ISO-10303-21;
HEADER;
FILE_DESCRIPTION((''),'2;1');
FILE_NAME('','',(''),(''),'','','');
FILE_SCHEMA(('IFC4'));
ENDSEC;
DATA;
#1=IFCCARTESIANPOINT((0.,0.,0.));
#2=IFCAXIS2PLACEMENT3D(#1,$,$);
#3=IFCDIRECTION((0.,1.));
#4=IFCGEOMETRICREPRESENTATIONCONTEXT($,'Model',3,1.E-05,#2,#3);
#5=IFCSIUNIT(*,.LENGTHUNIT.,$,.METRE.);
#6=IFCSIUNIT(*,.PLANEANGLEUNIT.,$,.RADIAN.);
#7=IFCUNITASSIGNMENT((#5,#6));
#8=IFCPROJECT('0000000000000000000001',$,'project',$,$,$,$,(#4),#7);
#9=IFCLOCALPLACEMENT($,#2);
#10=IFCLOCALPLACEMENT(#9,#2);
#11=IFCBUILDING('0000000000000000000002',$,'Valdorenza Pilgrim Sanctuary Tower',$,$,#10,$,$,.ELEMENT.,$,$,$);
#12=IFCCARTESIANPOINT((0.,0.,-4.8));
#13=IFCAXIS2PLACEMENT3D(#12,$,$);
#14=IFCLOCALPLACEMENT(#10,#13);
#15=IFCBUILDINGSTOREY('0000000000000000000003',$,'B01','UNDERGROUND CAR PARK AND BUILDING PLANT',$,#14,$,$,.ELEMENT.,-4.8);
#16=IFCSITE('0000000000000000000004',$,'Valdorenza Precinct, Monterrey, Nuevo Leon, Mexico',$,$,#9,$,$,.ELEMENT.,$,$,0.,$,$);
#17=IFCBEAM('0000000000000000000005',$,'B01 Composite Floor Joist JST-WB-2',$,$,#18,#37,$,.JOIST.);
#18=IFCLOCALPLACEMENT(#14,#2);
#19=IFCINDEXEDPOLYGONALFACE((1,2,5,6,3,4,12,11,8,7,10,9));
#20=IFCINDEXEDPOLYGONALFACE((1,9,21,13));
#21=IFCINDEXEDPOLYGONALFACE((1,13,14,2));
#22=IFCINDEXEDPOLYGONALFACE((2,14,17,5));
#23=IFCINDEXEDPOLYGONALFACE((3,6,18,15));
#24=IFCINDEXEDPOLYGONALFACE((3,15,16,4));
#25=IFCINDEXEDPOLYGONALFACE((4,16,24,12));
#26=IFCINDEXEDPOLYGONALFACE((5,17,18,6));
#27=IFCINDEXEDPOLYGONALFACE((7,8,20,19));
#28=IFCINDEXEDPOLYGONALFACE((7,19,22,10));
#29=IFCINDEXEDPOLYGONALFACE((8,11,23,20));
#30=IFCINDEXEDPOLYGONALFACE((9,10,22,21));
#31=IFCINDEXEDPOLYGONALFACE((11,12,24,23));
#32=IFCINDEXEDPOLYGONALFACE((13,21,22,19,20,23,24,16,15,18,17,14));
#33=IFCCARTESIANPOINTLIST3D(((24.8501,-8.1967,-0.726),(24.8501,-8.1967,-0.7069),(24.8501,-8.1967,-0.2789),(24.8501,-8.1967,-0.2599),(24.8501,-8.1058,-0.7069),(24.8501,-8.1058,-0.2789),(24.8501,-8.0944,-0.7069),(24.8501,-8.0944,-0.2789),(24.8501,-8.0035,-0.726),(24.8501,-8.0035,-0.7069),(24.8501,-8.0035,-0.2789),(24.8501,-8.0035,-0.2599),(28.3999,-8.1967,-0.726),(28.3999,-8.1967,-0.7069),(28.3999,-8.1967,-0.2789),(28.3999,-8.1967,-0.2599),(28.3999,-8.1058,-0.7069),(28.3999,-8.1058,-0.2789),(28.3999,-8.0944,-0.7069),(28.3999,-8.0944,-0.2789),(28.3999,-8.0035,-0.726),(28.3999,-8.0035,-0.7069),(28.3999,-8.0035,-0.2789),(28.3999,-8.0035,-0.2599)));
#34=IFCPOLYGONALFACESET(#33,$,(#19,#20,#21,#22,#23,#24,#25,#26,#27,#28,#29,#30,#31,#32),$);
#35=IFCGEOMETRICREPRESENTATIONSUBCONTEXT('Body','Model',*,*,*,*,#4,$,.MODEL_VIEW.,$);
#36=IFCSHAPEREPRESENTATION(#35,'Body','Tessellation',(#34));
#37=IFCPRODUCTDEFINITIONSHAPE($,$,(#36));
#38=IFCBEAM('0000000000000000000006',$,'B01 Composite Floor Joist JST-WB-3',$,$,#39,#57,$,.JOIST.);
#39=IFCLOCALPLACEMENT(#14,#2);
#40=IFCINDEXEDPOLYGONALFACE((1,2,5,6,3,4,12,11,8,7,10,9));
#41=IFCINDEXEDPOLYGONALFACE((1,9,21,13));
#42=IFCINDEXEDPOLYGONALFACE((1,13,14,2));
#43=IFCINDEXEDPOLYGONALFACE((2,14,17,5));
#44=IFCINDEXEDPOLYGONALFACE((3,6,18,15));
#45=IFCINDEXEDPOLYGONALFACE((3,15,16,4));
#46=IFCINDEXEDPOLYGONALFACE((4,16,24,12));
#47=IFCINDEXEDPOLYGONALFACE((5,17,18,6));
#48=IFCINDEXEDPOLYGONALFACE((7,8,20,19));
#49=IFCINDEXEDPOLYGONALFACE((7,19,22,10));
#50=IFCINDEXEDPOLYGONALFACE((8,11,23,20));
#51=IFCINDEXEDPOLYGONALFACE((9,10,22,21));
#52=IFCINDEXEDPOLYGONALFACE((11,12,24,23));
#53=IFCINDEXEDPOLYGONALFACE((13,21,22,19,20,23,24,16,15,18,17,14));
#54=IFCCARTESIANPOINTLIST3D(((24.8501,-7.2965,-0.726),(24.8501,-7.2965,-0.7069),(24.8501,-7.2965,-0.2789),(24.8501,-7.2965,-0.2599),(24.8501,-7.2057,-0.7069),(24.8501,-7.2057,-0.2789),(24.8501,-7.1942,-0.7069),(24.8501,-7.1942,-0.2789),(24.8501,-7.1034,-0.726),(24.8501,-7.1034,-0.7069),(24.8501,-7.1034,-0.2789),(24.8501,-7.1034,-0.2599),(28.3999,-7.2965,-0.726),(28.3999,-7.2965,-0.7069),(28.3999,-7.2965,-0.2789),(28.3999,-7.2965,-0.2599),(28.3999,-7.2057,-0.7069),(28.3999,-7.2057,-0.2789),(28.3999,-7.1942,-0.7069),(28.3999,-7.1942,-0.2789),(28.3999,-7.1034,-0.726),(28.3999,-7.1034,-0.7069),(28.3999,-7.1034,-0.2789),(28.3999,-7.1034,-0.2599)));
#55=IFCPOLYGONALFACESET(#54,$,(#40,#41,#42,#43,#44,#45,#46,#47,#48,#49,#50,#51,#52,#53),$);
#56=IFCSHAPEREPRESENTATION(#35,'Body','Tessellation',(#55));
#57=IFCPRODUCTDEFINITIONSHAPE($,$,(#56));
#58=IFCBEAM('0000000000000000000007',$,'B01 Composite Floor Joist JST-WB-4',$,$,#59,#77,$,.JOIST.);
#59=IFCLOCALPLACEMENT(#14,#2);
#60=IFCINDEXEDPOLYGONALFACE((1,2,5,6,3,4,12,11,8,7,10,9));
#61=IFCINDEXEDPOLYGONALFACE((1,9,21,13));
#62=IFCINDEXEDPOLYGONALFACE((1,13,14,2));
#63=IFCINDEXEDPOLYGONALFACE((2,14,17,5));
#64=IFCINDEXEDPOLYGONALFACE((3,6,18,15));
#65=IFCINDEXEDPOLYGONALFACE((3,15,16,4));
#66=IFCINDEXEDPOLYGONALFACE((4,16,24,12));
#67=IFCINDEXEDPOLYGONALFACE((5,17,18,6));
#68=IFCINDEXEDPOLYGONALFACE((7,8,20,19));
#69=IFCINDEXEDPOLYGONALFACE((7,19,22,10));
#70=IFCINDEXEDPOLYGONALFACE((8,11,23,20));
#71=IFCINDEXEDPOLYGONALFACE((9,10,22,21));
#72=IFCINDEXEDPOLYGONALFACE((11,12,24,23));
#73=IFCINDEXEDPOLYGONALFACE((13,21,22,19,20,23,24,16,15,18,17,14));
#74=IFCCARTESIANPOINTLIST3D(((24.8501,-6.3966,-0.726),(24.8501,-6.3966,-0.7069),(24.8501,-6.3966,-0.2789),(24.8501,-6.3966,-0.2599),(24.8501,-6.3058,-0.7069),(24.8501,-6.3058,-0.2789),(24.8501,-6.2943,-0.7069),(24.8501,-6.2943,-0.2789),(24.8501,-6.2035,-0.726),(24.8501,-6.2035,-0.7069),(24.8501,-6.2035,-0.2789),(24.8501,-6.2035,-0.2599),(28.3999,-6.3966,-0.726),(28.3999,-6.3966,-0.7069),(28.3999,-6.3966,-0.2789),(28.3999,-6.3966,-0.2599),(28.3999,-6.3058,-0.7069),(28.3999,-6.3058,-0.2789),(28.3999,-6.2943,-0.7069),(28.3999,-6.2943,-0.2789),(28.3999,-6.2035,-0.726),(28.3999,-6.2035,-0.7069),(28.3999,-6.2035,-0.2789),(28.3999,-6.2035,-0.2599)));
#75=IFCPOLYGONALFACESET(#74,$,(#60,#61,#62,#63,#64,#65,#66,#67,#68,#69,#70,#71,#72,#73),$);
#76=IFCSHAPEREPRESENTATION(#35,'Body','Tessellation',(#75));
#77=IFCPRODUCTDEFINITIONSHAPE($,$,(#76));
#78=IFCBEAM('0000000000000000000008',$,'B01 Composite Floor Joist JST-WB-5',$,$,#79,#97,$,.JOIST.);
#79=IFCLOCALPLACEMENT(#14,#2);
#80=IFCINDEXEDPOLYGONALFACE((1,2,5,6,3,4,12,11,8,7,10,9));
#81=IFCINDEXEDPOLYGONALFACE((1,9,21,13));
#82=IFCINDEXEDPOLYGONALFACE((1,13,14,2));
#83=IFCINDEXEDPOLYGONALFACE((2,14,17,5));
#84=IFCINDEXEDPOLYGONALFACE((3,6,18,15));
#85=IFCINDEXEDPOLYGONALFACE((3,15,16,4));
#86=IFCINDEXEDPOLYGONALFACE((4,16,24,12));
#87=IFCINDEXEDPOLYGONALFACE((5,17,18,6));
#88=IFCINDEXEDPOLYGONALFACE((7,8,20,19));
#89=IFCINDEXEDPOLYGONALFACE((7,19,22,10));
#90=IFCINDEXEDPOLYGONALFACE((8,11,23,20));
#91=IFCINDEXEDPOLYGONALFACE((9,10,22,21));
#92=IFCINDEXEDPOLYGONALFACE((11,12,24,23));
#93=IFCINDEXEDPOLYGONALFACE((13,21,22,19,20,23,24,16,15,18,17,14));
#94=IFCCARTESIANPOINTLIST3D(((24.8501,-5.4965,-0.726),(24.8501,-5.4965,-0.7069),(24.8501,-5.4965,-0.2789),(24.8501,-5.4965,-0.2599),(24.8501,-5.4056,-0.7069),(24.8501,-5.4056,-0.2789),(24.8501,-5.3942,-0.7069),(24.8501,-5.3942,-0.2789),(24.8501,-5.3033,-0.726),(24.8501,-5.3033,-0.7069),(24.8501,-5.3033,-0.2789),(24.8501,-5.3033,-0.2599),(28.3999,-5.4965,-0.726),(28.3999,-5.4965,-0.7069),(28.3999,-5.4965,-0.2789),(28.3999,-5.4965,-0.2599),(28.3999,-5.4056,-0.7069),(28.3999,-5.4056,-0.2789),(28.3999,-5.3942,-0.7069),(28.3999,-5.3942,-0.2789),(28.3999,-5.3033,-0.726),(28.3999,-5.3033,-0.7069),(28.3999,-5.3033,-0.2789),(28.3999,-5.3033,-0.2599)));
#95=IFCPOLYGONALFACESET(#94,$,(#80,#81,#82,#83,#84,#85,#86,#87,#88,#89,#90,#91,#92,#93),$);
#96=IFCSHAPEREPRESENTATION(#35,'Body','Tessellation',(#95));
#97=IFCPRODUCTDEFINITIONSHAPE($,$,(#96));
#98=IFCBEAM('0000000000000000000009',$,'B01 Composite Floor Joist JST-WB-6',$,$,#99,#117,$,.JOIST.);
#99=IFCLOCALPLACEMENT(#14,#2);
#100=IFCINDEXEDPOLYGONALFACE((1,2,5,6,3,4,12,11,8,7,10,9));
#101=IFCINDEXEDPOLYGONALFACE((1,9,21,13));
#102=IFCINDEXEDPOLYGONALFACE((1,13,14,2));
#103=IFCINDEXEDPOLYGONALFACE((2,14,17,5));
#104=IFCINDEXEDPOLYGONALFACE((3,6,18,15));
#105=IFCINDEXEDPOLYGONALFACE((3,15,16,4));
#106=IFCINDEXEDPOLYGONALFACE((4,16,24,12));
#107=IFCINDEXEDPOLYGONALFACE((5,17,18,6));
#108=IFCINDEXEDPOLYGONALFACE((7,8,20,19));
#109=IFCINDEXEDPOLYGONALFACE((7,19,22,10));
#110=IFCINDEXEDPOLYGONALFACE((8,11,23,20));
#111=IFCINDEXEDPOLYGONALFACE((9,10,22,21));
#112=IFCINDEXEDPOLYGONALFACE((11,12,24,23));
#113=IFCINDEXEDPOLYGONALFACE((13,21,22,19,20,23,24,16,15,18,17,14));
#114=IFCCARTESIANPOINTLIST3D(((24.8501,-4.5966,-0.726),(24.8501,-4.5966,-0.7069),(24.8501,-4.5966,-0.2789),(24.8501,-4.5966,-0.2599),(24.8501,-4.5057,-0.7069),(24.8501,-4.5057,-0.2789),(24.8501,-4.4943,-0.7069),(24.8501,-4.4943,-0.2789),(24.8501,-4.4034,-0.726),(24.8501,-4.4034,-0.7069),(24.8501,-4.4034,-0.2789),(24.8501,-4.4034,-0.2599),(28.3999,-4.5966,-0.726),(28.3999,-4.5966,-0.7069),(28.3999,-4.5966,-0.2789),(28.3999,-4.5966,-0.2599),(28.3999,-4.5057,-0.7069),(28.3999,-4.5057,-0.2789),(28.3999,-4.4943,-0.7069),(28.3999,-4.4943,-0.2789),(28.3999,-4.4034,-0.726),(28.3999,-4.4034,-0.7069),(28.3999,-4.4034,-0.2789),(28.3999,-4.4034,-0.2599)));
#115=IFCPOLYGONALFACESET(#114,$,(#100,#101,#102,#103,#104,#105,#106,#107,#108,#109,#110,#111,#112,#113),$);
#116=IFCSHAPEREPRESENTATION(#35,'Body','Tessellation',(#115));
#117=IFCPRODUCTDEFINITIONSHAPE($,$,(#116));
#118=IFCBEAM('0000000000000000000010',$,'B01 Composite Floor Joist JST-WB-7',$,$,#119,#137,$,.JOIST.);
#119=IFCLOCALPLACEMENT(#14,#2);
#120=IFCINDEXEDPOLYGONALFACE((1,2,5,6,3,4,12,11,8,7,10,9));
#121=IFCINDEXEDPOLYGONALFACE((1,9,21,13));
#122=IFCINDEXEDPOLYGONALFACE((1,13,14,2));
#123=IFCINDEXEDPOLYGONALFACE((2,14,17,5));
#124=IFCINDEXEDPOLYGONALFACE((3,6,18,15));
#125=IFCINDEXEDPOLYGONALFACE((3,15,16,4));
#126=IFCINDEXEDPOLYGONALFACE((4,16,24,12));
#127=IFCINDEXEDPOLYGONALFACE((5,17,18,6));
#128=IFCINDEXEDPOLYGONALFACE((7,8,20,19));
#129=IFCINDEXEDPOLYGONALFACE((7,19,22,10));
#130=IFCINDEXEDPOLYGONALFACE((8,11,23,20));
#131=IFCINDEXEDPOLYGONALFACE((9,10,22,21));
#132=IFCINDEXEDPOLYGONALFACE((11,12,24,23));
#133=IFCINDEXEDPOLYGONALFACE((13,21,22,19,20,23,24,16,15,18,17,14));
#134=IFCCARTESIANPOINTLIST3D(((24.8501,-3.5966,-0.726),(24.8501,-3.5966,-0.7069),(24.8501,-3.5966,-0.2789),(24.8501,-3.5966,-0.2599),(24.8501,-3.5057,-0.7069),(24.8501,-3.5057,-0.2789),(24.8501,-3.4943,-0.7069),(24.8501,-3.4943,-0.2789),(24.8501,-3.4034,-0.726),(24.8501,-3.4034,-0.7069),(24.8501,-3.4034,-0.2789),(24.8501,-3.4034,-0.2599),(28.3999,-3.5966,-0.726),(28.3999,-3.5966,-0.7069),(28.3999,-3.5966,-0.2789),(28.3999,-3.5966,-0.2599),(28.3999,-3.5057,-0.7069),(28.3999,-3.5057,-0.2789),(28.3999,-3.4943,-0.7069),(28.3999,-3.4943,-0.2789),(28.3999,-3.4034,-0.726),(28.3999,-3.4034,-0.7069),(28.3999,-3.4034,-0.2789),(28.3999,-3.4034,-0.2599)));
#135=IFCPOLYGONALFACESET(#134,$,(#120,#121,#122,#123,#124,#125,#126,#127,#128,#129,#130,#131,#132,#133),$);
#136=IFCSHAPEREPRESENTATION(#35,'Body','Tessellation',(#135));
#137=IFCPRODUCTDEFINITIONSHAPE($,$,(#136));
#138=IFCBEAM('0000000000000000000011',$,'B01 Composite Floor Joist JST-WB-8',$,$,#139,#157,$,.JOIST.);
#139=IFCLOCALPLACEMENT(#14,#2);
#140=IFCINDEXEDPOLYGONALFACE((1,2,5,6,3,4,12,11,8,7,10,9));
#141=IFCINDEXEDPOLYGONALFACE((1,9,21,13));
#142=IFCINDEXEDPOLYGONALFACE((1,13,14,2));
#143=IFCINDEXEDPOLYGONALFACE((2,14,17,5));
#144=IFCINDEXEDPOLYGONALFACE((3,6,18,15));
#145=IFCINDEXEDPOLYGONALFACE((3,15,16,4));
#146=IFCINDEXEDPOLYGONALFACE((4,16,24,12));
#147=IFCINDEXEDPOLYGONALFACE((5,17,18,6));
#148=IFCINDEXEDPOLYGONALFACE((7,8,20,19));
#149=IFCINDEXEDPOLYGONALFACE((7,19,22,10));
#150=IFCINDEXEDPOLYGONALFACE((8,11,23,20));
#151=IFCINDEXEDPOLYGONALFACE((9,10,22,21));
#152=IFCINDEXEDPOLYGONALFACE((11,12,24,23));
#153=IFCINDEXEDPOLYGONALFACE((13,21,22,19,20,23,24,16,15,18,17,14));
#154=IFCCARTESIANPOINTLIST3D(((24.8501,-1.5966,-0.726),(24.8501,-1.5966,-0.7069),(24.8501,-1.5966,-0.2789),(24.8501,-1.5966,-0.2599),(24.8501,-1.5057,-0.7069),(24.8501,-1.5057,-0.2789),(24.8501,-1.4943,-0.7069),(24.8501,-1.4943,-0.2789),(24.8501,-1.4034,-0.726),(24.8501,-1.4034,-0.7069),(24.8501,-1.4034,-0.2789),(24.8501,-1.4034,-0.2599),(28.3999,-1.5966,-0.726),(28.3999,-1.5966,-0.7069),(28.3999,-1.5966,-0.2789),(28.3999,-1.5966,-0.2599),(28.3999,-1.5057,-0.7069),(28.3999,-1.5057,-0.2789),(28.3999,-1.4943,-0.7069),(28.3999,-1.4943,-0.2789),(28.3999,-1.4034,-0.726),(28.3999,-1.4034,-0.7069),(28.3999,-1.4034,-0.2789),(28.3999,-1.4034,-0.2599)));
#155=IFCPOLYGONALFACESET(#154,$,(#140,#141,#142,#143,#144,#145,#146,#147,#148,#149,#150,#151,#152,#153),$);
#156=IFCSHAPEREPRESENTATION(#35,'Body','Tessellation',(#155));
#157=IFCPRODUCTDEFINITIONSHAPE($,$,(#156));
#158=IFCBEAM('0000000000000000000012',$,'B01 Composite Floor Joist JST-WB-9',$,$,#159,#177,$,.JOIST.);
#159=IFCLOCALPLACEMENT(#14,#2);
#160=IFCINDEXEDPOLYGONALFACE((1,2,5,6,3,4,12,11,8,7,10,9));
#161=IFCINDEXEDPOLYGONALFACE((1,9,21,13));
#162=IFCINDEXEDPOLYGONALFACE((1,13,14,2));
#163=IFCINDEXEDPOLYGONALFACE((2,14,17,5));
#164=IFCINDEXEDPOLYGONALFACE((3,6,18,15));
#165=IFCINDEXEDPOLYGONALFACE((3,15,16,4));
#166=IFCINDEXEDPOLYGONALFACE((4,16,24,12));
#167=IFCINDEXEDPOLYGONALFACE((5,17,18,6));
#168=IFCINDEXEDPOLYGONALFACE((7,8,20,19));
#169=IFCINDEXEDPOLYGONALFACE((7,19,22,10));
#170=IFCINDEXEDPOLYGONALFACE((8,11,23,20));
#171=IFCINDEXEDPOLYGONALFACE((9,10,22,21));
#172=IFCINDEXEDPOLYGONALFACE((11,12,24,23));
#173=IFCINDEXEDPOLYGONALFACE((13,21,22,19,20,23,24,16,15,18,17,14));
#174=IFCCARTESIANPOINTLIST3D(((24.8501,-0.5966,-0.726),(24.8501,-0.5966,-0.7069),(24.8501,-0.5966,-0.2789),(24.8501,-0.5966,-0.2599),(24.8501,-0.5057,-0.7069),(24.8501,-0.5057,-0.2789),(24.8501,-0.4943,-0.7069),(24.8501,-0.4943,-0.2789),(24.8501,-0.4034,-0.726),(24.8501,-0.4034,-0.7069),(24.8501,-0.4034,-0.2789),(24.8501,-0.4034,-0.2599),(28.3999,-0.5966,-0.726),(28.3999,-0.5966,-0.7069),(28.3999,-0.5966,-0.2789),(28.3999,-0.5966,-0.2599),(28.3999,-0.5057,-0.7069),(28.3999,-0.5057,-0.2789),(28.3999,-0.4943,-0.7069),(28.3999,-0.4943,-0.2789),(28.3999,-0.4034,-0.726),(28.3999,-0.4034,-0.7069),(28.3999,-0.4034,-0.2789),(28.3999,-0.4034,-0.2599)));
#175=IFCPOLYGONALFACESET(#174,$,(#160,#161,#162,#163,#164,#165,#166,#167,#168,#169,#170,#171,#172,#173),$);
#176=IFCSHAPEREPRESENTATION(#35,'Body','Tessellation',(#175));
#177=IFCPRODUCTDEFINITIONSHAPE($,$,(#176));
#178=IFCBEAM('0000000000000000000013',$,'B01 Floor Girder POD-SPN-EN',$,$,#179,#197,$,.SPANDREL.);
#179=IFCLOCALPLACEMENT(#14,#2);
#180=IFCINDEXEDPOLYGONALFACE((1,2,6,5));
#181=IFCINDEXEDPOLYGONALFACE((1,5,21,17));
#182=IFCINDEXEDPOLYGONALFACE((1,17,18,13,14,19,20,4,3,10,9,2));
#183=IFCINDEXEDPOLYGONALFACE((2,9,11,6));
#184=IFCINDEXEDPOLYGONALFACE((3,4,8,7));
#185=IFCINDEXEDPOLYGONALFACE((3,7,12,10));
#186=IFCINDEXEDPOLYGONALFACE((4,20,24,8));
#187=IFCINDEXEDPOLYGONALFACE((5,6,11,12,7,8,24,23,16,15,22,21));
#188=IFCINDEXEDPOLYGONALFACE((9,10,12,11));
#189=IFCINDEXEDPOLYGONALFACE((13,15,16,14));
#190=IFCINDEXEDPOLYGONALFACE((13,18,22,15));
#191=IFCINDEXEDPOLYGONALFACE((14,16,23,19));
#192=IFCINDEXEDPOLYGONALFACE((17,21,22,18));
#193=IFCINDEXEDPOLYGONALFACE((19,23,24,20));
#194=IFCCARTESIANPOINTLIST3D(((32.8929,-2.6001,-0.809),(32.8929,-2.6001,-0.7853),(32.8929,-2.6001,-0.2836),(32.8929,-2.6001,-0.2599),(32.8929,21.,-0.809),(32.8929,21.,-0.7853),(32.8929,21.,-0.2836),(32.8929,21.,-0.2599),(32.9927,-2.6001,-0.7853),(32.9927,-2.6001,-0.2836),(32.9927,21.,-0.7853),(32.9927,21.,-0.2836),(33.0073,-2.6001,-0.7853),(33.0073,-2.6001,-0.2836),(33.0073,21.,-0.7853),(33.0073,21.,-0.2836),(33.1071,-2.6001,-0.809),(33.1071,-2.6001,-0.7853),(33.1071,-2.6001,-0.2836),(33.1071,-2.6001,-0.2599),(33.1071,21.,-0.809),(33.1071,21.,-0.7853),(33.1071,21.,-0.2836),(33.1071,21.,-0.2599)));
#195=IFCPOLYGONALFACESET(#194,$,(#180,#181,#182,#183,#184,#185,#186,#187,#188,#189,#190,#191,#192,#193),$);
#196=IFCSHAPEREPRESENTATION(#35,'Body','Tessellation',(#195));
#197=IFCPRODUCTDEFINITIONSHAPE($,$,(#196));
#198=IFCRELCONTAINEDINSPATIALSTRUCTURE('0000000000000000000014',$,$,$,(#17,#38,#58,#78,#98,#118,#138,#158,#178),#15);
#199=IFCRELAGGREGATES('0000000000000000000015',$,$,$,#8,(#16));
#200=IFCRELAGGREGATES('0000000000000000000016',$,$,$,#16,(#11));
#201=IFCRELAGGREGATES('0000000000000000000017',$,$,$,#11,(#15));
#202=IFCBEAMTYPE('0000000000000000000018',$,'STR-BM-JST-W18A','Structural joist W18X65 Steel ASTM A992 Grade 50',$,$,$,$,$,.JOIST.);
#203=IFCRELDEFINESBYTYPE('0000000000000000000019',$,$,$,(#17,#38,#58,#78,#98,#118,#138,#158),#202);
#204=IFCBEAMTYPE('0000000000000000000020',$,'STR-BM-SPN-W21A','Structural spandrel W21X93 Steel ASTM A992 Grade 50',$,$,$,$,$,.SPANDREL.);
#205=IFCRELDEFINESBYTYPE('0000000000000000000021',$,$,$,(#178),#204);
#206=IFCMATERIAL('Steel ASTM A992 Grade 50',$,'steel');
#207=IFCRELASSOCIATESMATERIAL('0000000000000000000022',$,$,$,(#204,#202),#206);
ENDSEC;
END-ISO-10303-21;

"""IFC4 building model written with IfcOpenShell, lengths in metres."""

from ifc_helpers import new_model, si_unit, direction, frame, origin, origin_2d, place, context, subcontext, project, spatial, i_section, extrude, source, transform, mapped, material, material_profile, profile_set, type_object, element, save


model = new_model("IFC4")

# Units and contexts
model_context = context("Model", 3, precision=1e-05, world=origin(), true_north=direction((0.0, 1.0)))
body_context = subcontext(model_context, "Body", "Model", "MODEL_VIEW")
ifc_project = project(units=[si_unit("LENGTHUNIT", "METRE"), si_unit("PLANEANGLEUNIT", "RADIAN")], contexts=[model_context])

# Site, building, storey
site_placement = place(None, origin())
site = spatial("IfcSite", under=ifc_project, at=site_placement, Name="Valdorenza Precinct, Monterrey, Nuevo Leon, Mexico", CompositionType="ELEMENT", RefElevation=0.0)
building_placement = place(site_placement, origin())
building = spatial("IfcBuilding", under=site, at=building_placement, Name="Valdorenza Pilgrim Sanctuary Tower", CompositionType="ELEMENT")
storey_placement = place(building_placement, frame((0.0, 0.0, -4.8)))
storey = spatial("IfcBuildingStorey", under=building, at=storey_placement, Name="B01", Description="UNDERGROUND CAR PARK AND BUILDING PLANT", CompositionType="ELEMENT", Elevation=-4.8)

# Beams
ifc_material_1 = material(Name="Steel ASTM A992 Grade 50", Category="steel")
ifc_material_profile_1 = material_profile(ifc_material_1, i_section(OverallWidth=0.2141, OverallDepth=0.5491, WebThickness=0.0146, FlangeThickness=0.0237, at=origin_2d()), Name="W21X93")
ifc_profile_set_1 = profile_set([ifc_material_profile_1], Name="Steel ASTM A992 Grade 50")
beam_type_1 = type_object("IfcBeamType", Name="STR-BM-SPN-W21A", Description="Structural spandrel W21X93 Steel ASTM A992 Grade 50", PredefinedType="SPANDREL", material=ifc_profile_set_1)
ifc_material_profile_2 = material_profile(ifc_material_1, i_section(OverallWidth=0.1931, OverallDepth=0.4661, WebThickness=0.0115, FlangeThickness=0.019, at=origin_2d()), Name="W18X65")
ifc_profile_set_2 = profile_set([ifc_material_profile_2], Name="Steel ASTM A992 Grade 50")
beam_type_2 = type_object("IfcBeamType", Name="STR-BM-JST-W18A", Description="Structural joist W18X65 Steel ASTM A992 Grade 50", PredefinedType="JOIST", material=ifc_profile_set_2)
shared_shape_1 = source(origin(), body_context, "Body", "SweptSolid", [
    extrude(i_section(OverallWidth=0.1931, OverallDepth=0.4661, WebThickness=0.0115, FlangeThickness=0.019, at=origin_2d()), origin(), (0.0, 0.0, 1.0), 3.5498),
])
for number, where, z_axis, x_axis, name in (
    (1, (24.8501, -8.1001, -0.4929), (1.0, 0.0, 0.0), (0.0, 1.0, 0.0), "B01 Composite Floor Joist JST-WB-2"),
    (2, (24.8501, -7.2, -0.4929), (1.0, 0.0, 0.0), (0.0, 1.0, 0.0), "B01 Composite Floor Joist JST-WB-3"),
    (3, (24.8501, -6.3, -0.4929), (1.0, 0.0, 0.0), (0.0, 1.0, 0.0), "B01 Composite Floor Joist JST-WB-4"),
    (4, (24.8501, -5.3999, -0.4929), (1.0, 0.0, 0.0), (0.0, 1.0, 0.0), "B01 Composite Floor Joist JST-WB-5"),
    (5, (24.8501, -4.5, -0.4929), (1.0, 0.0, 0.0), (0.0, 1.0, 0.0), "B01 Composite Floor Joist JST-WB-6"),
    (6, (24.8501, -3.5, -0.4929), (1.0, 0.0, 0.0), (0.0, 1.0, 0.0), "B01 Composite Floor Joist JST-WB-7"),
    (7, (24.8501, -1.5, -0.4929), (1.0, 0.0, 0.0), (0.0, 1.0, 0.0), "B01 Composite Floor Joist JST-WB-8"),
    (8, (24.8501, -0.5, -0.4929), (1.0, 0.0, 0.0), (0.0, 1.0, 0.0), "B01 Composite Floor Joist JST-WB-9"),
):
    element("IfcBeam", number, at=place(storey_placement, frame(where, z_axis=z_axis, x_axis=x_axis)), inside=storey, type_object=beam_type_2, Name=name, PredefinedType="JOIST", context=body_context, shape_type="MappedRepresentation", body=[
        mapped(shared_shape_1, transform((0.0, 0.0, 0.0), x_axis=(1.0, 0.0, 0.0), y_axis=(0.0, 1.0, 0.0), z_axis=(0.0, 0.0, 1.0), scale=1.0)),
    ])
shared_shape_2 = source(origin(), body_context, "Body", "SweptSolid", [
    extrude(i_section(OverallWidth=0.2141, OverallDepth=0.5491, WebThickness=0.0146, FlangeThickness=0.0237, at=origin_2d()), origin(), (0.0, 0.0, 1.0), 23.6001),
])
beam_1_placement = place(storey_placement, frame((33.0, -2.6001, -0.5344), z_axis=(0.0, 1.0, 0.0), x_axis=(-1.0, 0.0, 0.0)))
element("IfcBeam", 9, at=beam_1_placement, inside=storey, type_object=beam_type_1, Name="B01 Floor Girder POD-SPN-EN", PredefinedType="SPANDREL", context=body_context, shape_type="MappedRepresentation", body=[
    mapped(shared_shape_2, transform((0.0, 0.0, 0.0), x_axis=(1.0, 0.0, 0.0), y_axis=(0.0, 1.0, 0.0), z_axis=(0.0, 0.0, 1.0), scale=1.0)),
])

save(model, "model.ifc")
